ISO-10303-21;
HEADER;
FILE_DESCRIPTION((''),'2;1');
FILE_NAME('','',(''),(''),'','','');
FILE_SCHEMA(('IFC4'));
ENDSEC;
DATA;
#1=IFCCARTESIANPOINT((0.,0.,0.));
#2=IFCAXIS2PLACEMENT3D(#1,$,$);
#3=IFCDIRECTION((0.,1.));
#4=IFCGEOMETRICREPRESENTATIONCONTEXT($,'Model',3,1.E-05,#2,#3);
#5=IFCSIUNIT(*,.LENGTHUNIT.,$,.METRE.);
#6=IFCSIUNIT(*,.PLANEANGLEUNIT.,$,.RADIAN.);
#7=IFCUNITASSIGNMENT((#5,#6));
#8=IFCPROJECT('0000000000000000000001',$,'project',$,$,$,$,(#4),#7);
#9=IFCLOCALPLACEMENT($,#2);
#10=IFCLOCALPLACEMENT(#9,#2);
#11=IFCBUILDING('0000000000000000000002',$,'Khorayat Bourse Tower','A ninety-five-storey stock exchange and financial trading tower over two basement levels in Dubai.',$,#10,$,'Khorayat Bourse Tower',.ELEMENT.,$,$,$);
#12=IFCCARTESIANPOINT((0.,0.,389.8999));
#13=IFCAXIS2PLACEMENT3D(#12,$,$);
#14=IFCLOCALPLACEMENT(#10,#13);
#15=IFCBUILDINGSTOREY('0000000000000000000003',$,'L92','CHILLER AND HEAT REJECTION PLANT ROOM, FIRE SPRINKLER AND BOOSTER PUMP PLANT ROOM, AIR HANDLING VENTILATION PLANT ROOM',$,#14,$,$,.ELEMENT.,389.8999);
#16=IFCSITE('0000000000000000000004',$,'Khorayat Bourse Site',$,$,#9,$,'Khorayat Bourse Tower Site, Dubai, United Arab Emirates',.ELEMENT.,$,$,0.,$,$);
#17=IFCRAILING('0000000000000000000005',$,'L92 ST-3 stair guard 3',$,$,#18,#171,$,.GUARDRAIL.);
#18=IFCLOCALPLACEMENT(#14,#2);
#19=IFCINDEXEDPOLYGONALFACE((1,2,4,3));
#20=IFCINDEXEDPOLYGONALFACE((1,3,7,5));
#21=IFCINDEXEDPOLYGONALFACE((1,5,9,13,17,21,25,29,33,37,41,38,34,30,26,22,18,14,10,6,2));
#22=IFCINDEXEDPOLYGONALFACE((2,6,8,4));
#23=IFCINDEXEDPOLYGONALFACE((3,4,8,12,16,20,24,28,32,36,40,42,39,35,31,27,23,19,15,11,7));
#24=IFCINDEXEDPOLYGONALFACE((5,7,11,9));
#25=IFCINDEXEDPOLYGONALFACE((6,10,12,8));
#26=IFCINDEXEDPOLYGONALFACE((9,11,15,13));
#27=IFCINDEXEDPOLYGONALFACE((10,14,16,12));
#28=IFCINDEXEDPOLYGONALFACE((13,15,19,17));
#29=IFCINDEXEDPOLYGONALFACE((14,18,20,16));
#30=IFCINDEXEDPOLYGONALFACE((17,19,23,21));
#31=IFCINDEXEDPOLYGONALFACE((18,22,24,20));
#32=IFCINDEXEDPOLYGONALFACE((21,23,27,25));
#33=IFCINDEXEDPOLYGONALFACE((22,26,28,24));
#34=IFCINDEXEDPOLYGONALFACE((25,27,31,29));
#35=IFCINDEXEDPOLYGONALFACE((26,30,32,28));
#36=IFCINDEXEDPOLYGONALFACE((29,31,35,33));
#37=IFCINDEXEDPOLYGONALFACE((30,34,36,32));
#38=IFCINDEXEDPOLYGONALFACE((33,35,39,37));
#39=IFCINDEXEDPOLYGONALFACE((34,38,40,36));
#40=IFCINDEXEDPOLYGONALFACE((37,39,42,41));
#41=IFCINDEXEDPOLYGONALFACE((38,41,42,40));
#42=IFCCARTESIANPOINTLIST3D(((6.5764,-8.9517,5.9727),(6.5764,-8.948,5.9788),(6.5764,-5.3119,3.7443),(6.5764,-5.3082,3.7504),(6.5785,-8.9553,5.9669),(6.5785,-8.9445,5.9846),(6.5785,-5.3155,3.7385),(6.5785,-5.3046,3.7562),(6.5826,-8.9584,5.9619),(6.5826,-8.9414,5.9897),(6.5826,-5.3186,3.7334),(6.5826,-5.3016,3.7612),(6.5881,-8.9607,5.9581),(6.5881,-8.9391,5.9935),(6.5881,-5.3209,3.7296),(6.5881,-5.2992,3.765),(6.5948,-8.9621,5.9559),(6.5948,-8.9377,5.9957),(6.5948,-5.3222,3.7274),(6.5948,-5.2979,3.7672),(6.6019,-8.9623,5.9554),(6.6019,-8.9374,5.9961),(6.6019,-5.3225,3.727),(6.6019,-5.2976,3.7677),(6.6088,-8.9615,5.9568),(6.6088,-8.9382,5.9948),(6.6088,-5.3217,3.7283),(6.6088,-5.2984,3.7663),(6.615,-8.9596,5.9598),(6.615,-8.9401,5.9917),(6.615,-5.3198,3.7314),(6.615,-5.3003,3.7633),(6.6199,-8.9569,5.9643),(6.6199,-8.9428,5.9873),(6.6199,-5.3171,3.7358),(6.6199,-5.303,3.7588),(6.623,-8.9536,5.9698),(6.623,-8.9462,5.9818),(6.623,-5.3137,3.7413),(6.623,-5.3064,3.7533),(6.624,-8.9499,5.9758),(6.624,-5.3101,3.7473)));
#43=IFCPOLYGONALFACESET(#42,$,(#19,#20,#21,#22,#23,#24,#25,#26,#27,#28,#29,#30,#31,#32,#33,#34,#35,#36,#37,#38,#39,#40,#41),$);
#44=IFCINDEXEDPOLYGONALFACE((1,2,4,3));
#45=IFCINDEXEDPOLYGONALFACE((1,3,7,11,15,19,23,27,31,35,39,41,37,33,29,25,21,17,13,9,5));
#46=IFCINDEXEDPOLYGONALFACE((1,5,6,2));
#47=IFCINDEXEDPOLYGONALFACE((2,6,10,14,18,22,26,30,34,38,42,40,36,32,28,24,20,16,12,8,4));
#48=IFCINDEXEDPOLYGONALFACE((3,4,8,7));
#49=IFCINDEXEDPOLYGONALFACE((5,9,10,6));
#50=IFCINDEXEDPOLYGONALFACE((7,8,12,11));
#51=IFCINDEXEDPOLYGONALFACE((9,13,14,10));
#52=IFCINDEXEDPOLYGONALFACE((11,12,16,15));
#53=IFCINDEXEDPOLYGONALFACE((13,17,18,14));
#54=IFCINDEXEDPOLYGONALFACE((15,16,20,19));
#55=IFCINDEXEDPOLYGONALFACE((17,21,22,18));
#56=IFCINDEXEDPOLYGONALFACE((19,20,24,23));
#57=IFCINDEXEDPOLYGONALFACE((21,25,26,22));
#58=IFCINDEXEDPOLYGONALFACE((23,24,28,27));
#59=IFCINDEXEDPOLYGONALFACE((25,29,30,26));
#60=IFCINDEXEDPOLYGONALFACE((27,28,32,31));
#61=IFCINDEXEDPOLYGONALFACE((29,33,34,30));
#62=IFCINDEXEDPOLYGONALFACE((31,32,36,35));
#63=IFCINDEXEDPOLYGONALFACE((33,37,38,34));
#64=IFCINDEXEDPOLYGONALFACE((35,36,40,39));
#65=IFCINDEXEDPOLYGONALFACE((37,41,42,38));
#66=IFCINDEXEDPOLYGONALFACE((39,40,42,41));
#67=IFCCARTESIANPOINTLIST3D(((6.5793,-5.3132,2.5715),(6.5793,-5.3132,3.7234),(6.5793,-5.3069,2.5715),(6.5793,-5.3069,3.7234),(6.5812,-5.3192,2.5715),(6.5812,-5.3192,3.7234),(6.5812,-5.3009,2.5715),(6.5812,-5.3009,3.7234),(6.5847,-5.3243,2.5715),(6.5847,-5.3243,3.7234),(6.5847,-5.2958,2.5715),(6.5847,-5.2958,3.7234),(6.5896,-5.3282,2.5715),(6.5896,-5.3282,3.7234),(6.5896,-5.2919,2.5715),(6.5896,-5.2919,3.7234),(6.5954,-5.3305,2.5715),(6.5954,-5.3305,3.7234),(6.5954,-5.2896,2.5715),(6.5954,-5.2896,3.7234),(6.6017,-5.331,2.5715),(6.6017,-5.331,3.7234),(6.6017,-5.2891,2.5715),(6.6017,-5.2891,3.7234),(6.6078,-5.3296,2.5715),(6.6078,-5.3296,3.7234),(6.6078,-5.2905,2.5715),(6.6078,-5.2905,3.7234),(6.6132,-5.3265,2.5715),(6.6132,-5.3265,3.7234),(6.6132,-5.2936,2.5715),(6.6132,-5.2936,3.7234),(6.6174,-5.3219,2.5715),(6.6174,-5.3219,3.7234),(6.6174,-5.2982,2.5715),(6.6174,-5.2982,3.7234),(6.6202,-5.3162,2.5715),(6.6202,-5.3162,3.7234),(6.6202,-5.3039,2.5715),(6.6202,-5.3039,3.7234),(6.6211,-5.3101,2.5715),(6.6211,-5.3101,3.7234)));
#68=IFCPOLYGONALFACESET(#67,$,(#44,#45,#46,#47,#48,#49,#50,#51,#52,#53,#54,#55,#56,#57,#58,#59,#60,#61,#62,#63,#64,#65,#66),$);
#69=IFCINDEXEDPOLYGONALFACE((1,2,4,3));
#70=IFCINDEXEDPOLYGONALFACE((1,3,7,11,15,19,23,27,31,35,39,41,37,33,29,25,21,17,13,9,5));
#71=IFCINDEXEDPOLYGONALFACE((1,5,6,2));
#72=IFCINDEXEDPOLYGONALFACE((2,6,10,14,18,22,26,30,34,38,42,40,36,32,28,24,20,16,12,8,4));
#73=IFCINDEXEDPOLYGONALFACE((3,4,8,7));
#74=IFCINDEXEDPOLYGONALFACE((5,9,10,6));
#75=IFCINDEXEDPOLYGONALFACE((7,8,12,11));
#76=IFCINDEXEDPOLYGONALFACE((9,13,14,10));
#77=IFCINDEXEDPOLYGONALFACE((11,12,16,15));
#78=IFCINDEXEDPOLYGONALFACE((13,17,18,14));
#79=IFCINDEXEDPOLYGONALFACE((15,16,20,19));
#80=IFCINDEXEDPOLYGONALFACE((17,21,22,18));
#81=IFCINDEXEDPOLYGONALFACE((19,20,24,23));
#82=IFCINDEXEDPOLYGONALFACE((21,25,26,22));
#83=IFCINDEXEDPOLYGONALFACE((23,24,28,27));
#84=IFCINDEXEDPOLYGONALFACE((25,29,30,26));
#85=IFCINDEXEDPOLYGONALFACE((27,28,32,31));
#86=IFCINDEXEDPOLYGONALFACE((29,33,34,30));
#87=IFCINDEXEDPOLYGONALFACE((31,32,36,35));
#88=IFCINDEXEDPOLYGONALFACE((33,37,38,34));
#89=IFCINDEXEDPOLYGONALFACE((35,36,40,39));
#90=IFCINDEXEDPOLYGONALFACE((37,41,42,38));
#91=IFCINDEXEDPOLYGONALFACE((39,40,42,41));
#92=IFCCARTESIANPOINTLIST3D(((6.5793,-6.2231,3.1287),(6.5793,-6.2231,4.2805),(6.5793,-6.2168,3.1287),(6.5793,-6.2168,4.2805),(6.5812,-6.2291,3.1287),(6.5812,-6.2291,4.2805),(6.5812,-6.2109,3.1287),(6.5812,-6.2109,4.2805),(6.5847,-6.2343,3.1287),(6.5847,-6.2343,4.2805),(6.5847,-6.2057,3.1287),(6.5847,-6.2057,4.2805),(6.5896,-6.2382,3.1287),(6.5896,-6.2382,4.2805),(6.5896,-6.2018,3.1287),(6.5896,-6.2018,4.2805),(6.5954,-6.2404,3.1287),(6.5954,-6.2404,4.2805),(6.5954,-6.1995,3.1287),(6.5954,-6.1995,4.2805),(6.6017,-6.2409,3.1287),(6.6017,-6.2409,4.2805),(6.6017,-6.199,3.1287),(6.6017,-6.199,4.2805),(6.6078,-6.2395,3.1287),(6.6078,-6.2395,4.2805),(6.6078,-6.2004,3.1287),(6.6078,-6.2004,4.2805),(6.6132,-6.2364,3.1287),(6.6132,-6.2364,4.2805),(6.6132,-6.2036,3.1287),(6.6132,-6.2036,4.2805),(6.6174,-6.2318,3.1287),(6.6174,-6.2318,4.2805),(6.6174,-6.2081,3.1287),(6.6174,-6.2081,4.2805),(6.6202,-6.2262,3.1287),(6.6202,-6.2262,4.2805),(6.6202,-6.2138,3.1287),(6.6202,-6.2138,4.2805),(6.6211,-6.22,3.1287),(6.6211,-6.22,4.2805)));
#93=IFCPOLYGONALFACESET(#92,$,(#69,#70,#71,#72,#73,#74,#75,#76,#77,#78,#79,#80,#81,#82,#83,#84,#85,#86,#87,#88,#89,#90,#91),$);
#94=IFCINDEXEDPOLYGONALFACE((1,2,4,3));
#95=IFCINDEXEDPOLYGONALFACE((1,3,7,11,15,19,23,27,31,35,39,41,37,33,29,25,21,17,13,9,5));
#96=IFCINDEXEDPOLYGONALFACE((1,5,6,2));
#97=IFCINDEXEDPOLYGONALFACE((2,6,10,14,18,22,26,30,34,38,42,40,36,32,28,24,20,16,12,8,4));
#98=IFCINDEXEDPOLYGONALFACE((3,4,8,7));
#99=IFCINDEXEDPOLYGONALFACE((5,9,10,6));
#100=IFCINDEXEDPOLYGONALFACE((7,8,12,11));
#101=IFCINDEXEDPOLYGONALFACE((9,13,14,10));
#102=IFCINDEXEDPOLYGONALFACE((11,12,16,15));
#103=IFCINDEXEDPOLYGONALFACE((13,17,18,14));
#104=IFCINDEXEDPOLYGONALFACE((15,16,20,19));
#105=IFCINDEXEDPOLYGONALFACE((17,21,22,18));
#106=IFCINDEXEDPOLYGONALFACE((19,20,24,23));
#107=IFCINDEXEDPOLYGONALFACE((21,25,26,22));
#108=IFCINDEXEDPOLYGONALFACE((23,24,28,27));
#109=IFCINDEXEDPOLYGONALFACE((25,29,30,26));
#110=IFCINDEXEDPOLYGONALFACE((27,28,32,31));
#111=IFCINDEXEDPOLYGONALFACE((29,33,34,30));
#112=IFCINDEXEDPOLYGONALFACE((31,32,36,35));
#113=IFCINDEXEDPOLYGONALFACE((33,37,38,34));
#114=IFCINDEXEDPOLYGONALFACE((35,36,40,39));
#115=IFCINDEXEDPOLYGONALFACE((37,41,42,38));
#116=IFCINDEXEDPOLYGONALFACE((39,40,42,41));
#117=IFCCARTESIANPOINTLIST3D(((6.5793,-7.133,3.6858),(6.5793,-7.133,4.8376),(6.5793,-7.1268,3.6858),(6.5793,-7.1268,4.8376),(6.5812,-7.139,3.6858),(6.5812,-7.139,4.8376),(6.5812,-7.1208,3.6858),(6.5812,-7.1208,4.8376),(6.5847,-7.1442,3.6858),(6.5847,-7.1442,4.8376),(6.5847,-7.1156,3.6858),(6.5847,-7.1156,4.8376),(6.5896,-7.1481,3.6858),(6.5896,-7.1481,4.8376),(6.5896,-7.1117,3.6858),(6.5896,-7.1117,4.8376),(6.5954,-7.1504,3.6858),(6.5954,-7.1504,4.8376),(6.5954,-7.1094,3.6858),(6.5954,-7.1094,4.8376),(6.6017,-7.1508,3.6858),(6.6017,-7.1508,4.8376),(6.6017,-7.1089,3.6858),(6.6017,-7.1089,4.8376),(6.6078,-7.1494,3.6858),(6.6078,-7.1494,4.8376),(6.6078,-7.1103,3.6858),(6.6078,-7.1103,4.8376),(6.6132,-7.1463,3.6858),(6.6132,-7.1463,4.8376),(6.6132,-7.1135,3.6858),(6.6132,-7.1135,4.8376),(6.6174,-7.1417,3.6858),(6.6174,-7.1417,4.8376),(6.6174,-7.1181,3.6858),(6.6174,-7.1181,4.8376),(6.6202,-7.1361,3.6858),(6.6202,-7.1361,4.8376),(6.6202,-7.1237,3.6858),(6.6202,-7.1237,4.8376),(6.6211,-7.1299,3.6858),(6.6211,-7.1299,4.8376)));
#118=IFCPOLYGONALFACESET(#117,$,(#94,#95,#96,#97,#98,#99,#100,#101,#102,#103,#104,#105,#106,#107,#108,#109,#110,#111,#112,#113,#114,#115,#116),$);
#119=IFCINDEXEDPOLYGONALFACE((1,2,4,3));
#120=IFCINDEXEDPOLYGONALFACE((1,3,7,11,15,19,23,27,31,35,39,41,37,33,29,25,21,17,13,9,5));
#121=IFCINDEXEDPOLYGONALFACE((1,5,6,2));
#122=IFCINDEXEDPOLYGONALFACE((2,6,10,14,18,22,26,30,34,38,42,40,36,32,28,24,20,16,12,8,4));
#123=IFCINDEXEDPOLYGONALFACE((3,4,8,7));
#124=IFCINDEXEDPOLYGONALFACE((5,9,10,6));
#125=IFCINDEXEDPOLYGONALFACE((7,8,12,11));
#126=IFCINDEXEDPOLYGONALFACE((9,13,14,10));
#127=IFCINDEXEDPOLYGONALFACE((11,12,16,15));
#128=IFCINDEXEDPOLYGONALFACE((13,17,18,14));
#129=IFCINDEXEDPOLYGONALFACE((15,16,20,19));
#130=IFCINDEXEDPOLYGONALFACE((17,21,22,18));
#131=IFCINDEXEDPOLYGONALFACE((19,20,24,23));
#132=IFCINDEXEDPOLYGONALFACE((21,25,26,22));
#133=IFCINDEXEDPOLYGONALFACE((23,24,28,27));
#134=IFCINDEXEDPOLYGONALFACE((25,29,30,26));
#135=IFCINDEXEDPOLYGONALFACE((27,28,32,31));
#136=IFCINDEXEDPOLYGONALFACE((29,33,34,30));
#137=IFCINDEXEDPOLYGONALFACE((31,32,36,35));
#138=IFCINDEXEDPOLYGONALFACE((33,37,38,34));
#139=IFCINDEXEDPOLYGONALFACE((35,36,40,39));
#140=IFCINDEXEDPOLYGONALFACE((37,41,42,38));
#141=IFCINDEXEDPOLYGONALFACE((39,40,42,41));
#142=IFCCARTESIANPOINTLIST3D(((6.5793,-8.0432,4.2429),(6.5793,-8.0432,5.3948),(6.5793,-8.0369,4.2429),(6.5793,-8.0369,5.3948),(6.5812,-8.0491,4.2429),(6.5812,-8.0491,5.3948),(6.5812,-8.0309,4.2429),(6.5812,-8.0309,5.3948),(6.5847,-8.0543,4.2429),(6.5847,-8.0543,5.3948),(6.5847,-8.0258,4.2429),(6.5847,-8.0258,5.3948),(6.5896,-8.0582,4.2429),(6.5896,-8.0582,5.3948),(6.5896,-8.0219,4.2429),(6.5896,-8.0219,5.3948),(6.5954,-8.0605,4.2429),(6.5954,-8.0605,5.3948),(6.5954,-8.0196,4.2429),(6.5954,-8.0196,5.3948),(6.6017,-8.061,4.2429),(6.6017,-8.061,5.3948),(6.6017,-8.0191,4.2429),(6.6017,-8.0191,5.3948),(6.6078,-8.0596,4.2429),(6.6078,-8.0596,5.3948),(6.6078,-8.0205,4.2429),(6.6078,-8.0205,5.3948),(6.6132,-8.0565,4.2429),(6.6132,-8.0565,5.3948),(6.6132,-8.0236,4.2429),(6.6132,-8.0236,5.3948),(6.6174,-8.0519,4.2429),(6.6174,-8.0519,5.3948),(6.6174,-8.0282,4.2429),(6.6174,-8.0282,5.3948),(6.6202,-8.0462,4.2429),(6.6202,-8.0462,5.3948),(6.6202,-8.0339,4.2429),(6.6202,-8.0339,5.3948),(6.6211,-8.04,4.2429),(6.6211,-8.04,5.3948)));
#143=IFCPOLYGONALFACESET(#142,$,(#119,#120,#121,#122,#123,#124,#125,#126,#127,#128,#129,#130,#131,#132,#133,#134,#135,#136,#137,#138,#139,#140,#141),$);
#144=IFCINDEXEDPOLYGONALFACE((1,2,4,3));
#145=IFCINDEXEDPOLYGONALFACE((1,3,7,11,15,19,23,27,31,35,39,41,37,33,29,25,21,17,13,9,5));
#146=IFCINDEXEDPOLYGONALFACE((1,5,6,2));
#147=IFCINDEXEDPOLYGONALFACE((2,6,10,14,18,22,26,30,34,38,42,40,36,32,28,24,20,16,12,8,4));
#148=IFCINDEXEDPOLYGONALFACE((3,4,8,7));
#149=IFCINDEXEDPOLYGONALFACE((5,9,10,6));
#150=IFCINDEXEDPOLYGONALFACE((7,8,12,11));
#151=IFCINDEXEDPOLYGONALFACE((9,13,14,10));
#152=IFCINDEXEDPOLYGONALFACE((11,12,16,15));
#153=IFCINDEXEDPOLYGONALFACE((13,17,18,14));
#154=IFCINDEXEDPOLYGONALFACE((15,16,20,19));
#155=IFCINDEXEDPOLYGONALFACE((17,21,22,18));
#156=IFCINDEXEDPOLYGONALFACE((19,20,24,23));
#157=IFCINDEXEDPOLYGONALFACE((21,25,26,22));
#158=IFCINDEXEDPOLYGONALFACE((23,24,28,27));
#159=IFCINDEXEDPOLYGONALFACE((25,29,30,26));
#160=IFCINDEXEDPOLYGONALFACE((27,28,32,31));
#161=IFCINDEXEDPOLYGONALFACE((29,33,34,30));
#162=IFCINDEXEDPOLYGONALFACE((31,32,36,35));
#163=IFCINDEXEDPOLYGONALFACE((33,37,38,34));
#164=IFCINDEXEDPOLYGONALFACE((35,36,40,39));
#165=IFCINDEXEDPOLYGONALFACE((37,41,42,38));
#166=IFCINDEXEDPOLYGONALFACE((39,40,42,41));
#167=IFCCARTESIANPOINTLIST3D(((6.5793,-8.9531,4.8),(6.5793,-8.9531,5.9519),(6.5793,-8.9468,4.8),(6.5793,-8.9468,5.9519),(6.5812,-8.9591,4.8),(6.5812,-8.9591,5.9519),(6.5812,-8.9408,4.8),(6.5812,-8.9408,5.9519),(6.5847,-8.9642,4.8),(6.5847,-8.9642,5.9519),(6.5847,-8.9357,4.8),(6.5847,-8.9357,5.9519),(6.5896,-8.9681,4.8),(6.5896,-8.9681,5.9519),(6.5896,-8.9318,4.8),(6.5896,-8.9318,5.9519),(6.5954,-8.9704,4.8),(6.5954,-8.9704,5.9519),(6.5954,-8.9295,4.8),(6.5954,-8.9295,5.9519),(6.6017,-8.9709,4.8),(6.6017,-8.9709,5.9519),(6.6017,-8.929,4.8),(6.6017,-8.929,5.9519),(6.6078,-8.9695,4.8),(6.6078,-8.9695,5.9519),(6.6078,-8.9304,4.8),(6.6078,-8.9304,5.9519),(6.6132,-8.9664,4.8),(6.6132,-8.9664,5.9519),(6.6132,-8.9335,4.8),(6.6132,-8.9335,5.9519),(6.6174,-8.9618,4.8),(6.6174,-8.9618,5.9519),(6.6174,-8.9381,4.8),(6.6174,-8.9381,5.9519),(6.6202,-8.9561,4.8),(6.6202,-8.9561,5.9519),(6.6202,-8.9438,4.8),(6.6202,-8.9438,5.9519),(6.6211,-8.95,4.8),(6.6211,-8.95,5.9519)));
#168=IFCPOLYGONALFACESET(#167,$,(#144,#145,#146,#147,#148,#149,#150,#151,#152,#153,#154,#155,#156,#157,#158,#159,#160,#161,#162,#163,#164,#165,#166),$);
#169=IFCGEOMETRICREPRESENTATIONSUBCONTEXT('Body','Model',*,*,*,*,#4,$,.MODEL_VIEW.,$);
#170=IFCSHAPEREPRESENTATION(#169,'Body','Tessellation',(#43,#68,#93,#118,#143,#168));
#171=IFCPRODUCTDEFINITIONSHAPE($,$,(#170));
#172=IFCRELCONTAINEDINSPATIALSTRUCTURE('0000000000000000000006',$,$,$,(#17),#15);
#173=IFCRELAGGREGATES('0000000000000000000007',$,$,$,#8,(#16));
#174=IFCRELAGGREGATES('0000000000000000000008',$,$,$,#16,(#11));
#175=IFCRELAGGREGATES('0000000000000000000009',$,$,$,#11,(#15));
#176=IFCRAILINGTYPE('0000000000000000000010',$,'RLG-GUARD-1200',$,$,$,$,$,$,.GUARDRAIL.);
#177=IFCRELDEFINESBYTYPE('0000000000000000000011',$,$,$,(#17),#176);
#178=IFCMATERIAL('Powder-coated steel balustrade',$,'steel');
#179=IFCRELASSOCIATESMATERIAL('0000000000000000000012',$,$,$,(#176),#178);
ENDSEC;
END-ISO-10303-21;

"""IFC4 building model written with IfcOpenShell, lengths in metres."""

from ifc_helpers import new_model, si_unit, direction, frame, origin, origin_2d, place, context, subcontext, project, spatial, circle, extrude, source, transform, mapped, material, type_object, element, save


model = new_model("IFC4")

# Units and contexts
model_context = context("Model", 3, precision=1e-05, world=origin(), true_north=direction((0.0, 1.0)))
body_context = subcontext(model_context, "Body", "Model", "MODEL_VIEW")
ifc_project = project(units=[si_unit("LENGTHUNIT", "METRE"), si_unit("PLANEANGLEUNIT", "RADIAN")], contexts=[model_context])

# Site, building, storey
site_placement = place(None, origin())
site = spatial("IfcSite", under=ifc_project, at=site_placement, Name="Khorayat Bourse Site", LongName="Khorayat Bourse Tower Site, Dubai, United Arab Emirates", CompositionType="ELEMENT", RefElevation=0.0)
building_placement = place(site_placement, origin())
building = spatial("IfcBuilding", under=site, at=building_placement, Name="Khorayat Bourse Tower", Description="A ninety-five-storey stock exchange and financial trading tower over two basement levels in Dubai.", LongName="Khorayat Bourse Tower", CompositionType="ELEMENT")
storey_placement = place(building_placement, frame((0.0, 0.0, 389.8999)))
storey = spatial("IfcBuildingStorey", under=building, at=storey_placement, Name="L92", Description="CHILLER AND HEAT REJECTION PLANT ROOM, FIRE SPRINKLER AND BOOSTER PUMP PLANT ROOM, AIR HANDLING VENTILATION PLANT ROOM", CompositionType="ELEMENT", Elevation=389.8999)

# Railing
ifc_material_1 = material(Name="Powder-coated steel balustrade", Category="steel")
railing_type_1 = type_object("IfcRailingType", Name="RLG-GUARD-1200", PredefinedType="GUARDRAIL", material=ifc_material_1)
shared_shape_1 = source(origin(), body_context, "Body", "SweptSolid", [
    extrude(circle(Radius=0.0239, at=origin_2d()), frame((0.0, 0.0, 1.1758), z_axis=(0.0, -0.85285, 0.522156), x_axis=(1.0, 0.0, 0.0)), (0.0, 0.0, 1.0), 4.2678),
    extrude(circle(Radius=0.021, at=origin_2d()), origin(), (0.0, 0.0, 1.0), 1.1519),
    extrude(circle(Radius=0.021, at=origin_2d()), frame((0.0, -0.9099, 0.5571)), (0.0, 0.0, 1.0), 1.1519),
    extrude(circle(Radius=0.021, at=origin_2d()), frame((0.0, -1.8198, 1.1143)), (0.0, 0.0, 1.0), 1.1519),
    extrude(circle(Radius=0.021, at=origin_2d()), frame((0.0, -2.73, 1.6714)), (0.0, 0.0, 1.0), 1.1519),
    extrude(circle(Radius=0.021, at=origin_2d()), frame((0.0, -3.6399, 2.2285)), (0.0, 0.0, 1.0), 1.1519),
])
railing_1_placement = place(storey_placement, frame((6.6001, -5.3101, 2.5715)))
element("IfcRailing", 1, at=railing_1_placement, inside=storey, type_object=railing_type_1, Name="L92 ST-3 stair guard 3", PredefinedType="GUARDRAIL", context=body_context, shape_type="MappedRepresentation", body=[
    mapped(shared_shape_1, transform((0.0, 0.0, 0.0), scale=1.0)),
])

save(model, "model.ifc")
